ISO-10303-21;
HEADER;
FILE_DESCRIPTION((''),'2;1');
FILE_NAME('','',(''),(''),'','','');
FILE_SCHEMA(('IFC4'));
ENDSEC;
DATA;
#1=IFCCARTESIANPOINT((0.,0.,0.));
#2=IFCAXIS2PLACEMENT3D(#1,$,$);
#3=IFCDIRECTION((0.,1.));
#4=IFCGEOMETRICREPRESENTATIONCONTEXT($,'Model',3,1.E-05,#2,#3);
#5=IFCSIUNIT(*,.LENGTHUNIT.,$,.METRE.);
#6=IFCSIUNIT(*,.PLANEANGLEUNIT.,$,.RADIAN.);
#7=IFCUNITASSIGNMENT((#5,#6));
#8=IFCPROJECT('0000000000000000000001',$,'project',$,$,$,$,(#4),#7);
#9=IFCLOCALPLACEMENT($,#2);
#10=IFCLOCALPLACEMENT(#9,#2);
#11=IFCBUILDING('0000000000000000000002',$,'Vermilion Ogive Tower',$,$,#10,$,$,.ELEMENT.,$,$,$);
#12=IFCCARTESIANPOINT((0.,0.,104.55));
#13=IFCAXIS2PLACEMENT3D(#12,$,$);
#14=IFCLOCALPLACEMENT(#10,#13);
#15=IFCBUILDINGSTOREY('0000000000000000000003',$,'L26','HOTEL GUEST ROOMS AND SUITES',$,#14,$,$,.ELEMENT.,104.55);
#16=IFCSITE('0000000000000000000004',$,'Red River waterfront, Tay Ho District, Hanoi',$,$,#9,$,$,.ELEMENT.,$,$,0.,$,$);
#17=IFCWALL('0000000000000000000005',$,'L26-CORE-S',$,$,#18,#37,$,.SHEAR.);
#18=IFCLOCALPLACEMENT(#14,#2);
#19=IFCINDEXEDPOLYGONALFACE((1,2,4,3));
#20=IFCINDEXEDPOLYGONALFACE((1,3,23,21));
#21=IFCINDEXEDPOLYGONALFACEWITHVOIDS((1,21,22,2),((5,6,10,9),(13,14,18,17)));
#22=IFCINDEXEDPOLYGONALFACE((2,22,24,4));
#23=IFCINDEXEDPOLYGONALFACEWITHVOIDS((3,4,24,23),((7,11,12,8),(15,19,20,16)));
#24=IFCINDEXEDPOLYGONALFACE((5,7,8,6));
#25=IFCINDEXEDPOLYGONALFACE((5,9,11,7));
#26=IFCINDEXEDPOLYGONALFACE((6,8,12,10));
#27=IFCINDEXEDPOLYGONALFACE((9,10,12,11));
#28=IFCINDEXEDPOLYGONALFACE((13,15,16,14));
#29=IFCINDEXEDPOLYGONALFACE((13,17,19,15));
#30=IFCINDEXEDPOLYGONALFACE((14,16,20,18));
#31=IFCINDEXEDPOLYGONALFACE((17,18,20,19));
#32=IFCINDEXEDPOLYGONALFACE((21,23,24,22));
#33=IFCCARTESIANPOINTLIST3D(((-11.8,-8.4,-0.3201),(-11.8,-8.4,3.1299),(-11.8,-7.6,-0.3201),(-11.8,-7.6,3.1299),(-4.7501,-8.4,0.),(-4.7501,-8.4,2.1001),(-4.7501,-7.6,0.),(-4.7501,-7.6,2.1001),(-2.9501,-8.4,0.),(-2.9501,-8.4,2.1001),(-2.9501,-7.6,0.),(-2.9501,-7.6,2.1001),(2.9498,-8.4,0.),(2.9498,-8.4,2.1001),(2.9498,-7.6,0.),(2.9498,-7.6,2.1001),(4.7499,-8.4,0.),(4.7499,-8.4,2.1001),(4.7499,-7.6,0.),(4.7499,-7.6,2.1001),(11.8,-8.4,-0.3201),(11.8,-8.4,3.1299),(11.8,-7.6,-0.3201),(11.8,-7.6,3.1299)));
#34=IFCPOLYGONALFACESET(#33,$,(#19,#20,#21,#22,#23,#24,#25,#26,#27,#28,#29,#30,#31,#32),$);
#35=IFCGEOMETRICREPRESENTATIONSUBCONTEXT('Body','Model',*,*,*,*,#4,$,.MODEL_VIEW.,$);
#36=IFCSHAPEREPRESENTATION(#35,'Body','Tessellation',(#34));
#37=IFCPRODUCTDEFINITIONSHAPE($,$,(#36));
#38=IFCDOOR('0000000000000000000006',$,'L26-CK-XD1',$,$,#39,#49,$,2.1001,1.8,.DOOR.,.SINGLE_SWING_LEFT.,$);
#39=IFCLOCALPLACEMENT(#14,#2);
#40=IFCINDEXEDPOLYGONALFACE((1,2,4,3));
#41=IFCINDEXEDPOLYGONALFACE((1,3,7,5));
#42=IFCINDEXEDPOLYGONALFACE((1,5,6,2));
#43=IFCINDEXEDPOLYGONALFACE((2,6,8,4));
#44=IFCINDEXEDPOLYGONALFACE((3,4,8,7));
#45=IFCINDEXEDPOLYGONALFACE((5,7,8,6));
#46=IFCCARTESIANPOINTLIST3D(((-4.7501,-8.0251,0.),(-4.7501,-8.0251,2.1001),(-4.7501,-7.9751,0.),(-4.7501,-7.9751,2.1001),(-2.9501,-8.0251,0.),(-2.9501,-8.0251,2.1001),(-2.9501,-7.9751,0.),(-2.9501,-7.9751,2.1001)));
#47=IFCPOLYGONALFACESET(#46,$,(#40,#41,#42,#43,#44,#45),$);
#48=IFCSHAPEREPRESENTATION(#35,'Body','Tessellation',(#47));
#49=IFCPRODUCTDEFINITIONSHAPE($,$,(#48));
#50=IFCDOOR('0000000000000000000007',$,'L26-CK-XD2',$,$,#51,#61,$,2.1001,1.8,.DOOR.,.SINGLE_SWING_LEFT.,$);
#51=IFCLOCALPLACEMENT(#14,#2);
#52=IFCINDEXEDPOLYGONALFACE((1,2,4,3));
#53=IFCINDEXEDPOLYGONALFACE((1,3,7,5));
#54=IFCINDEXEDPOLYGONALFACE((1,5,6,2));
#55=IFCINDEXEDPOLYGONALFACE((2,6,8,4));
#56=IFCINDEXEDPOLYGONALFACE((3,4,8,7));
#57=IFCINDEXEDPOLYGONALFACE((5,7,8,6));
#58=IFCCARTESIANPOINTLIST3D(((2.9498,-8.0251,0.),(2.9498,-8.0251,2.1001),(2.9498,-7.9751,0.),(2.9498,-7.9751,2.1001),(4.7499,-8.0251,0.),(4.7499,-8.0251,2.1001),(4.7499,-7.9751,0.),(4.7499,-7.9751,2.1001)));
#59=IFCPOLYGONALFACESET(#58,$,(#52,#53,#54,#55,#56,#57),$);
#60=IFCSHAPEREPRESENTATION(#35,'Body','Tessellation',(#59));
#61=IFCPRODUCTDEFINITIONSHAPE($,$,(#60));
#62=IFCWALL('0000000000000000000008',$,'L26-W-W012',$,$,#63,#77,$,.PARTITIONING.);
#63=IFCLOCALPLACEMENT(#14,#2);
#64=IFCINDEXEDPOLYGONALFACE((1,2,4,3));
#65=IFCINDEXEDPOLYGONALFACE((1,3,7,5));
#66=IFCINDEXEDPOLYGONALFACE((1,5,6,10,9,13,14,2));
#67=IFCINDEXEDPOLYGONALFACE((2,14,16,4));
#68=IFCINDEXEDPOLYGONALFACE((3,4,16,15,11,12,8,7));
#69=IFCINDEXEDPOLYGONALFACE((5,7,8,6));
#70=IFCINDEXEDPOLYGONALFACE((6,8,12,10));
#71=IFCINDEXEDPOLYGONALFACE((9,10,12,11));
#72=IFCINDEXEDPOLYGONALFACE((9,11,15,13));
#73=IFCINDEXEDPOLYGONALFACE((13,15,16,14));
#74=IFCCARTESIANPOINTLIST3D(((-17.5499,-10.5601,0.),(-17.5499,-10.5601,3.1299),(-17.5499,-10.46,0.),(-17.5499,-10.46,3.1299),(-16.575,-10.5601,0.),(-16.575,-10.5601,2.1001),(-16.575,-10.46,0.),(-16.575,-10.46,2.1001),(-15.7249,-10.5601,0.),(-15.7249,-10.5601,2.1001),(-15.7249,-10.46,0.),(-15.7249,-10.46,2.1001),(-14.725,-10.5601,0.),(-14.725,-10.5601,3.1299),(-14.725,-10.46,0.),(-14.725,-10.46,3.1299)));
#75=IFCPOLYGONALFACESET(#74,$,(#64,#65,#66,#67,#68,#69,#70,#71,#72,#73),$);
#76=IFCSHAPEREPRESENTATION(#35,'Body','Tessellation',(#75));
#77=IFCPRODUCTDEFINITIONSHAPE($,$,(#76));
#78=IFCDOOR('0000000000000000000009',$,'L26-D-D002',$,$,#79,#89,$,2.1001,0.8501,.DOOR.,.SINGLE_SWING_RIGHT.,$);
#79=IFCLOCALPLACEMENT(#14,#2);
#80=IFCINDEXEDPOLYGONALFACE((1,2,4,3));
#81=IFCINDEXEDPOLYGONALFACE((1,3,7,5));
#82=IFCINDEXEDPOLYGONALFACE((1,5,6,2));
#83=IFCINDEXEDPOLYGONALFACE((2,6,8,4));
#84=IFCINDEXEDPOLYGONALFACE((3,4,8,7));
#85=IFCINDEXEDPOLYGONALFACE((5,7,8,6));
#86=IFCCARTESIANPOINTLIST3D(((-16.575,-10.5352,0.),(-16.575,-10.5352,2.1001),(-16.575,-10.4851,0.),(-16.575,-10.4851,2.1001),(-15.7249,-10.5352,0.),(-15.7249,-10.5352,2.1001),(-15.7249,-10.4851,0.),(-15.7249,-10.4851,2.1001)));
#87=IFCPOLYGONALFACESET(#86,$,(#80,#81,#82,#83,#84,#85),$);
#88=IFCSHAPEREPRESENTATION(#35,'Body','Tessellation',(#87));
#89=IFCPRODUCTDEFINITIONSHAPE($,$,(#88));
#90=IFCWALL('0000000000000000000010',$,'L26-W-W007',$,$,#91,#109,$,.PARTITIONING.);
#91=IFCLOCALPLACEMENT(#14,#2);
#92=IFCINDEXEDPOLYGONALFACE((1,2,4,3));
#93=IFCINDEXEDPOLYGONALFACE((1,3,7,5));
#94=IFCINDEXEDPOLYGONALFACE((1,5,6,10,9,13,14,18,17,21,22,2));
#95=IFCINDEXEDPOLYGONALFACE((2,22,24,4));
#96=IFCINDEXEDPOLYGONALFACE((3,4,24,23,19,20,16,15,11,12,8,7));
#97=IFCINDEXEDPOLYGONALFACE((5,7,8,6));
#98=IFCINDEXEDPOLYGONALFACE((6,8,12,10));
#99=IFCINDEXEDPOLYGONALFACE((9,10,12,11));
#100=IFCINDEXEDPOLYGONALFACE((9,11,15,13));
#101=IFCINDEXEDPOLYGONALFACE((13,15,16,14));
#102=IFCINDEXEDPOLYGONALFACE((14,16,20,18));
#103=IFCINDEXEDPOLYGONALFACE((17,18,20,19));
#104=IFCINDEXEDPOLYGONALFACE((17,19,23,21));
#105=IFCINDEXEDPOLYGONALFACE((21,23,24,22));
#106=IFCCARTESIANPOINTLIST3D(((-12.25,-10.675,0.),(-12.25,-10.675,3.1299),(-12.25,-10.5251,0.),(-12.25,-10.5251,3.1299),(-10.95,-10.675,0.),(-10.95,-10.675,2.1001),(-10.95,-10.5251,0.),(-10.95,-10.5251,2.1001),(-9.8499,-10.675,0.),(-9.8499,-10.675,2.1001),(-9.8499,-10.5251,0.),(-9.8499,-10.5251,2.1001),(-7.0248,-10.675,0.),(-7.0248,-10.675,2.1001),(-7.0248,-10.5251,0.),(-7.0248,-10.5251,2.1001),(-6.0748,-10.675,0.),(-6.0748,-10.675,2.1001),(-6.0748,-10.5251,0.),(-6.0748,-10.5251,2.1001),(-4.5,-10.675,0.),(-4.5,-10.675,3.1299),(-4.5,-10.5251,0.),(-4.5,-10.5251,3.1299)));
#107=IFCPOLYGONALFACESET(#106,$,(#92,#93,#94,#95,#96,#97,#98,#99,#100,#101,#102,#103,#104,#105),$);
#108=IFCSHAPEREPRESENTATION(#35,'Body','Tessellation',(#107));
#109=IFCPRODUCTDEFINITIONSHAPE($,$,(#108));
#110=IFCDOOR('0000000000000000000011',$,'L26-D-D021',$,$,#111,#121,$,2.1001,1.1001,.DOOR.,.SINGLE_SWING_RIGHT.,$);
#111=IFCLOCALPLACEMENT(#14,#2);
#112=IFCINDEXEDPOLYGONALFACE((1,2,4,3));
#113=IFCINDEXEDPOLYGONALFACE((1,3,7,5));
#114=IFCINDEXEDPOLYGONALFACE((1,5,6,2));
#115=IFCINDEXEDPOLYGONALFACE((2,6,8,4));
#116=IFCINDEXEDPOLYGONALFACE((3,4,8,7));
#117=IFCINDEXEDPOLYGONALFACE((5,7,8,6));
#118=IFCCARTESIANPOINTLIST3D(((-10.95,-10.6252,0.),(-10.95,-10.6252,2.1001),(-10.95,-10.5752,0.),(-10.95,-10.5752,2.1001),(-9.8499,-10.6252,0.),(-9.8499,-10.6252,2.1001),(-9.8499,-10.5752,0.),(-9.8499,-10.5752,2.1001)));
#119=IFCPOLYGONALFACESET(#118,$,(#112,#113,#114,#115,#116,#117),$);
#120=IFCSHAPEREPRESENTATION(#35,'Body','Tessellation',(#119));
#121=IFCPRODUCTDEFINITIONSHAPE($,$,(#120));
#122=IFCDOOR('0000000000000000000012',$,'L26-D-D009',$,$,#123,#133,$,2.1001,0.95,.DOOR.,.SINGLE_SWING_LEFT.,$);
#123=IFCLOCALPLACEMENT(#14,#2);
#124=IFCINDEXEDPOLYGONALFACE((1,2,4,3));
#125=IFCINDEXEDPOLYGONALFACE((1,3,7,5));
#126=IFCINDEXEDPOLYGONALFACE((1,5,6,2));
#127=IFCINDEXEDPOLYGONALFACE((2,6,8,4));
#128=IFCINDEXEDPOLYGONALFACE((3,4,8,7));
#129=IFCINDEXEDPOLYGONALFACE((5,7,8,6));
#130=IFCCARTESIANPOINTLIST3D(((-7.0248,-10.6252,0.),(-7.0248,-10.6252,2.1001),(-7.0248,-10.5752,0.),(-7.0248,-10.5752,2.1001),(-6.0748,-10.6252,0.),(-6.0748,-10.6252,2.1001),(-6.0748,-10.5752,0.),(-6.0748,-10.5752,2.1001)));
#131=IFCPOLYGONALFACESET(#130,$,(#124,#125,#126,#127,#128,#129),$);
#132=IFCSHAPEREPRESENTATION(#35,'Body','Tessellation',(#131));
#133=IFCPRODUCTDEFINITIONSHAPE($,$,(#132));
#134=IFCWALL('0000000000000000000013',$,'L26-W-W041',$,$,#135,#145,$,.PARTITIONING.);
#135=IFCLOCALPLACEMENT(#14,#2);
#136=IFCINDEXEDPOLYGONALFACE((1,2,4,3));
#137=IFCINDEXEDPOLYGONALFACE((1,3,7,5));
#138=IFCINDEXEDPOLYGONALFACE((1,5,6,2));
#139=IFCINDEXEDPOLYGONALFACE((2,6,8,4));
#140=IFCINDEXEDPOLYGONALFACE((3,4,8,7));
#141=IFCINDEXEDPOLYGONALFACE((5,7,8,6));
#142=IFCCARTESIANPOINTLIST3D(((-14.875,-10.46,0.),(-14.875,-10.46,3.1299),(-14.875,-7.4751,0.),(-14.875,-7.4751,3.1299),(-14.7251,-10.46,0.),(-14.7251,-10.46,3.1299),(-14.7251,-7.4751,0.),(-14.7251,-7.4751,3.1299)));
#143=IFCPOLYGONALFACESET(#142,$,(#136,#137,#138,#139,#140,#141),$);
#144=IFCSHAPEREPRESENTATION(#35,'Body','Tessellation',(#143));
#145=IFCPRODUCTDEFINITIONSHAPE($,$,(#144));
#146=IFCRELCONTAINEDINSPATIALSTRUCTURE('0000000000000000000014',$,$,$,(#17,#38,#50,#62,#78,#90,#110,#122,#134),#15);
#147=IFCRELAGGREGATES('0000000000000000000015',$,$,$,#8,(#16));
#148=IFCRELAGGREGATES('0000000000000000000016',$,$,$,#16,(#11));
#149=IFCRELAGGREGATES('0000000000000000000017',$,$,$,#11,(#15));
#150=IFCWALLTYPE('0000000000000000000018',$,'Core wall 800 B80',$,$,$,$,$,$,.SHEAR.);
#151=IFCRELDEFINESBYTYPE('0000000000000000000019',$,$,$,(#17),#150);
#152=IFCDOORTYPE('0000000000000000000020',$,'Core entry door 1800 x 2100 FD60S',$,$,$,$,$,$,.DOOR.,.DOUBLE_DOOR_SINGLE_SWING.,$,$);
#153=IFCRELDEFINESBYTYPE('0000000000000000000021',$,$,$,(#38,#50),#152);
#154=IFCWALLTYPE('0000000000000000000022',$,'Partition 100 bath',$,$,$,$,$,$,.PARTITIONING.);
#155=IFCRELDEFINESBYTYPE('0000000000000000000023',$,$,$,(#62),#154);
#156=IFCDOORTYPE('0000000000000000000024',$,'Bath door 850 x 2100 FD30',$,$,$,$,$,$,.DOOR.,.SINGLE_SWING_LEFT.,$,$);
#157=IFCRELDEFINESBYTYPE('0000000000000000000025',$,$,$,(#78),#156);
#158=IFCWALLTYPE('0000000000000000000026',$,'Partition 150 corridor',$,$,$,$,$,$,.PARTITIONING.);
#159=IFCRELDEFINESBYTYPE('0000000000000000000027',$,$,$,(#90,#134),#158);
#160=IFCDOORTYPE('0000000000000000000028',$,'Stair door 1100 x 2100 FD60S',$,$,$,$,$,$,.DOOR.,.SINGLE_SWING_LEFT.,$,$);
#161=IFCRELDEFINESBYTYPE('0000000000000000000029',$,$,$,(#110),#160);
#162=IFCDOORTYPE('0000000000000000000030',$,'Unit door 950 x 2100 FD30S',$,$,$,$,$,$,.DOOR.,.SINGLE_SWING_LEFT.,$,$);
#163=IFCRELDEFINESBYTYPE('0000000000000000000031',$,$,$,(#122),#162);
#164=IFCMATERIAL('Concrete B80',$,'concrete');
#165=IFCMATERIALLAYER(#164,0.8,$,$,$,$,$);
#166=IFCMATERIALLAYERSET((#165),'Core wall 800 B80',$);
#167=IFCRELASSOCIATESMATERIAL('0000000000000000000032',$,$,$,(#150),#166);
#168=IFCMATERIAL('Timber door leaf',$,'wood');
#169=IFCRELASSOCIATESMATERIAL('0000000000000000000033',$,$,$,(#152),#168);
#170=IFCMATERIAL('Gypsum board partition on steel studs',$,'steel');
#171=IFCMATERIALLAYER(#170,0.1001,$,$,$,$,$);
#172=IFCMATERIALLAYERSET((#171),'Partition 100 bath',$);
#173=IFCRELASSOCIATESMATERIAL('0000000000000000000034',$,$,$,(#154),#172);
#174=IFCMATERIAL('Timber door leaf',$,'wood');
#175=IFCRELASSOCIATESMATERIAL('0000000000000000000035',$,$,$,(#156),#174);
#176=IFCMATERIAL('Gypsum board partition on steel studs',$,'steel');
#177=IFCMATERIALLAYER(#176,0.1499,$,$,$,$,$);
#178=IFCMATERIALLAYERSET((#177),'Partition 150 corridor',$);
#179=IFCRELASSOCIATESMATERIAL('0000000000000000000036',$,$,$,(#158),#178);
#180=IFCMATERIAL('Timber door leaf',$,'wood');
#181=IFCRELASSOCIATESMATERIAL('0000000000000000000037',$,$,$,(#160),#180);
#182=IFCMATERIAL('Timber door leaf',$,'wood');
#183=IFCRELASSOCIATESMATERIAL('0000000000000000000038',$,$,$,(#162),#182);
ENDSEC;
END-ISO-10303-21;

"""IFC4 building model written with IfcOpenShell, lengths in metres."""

from ifc_helpers import new_model, si_unit, direction, frame, frame_2d, origin, place, context, subcontext, project, spatial, rectangle, extrude, material, layer, layer_set, type_object, element, fill, save


model = new_model("IFC4")

# Units and contexts
model_context = context("Model", 3, precision=1e-05, world=origin(), true_north=direction((0.0, 1.0)))
body_context = subcontext(model_context, "Body", "Model", "MODEL_VIEW")
ifc_project = project(units=[si_unit("LENGTHUNIT", "METRE"), si_unit("PLANEANGLEUNIT", "RADIAN")], contexts=[model_context])

# Site, building, storey
site_placement = place(None, origin())
site = spatial("IfcSite", under=ifc_project, at=site_placement, Name="Red River waterfront, Tay Ho District, Hanoi", CompositionType="ELEMENT", RefElevation=0.0)
building_placement = place(site_placement, origin())
building = spatial("IfcBuilding", under=site, at=building_placement, Name="Vermilion Ogive Tower", CompositionType="ELEMENT")
storey_placement = place(building_placement, frame((0.0, 0.0, 104.55)))
storey = spatial("IfcBuildingStorey", under=building, at=storey_placement, Name="L26", Description="HOTEL GUEST ROOMS AND SUITES", CompositionType="ELEMENT", Elevation=104.55)

# Wall, openings, doors
ifc_material_1 = material(Name="Concrete B80", Category="concrete")
ifc_layer_1 = layer(ifc_material_1, 0.8)
ifc_layer_set_1 = layer_set([ifc_layer_1], Name="Core wall 800 B80")
wall_type_1 = type_object("IfcWallType", Name="Core wall 800 B80", PredefinedType="SHEAR", material=ifc_layer_set_1)
wall_1_placement = place(storey_placement, frame((-11.8, -8.0, -0.3201), z_axis=(0.0, 0.0, 1.0), x_axis=(1.0, 0.0, 0.0)))
wall_1 = element("IfcWall", 1, at=wall_1_placement, inside=storey, type_object=wall_type_1, Name="L26-CORE-S", PredefinedType="SHEAR", context=body_context, shape_type="SweptSolid", body=[
    extrude(rectangle(XDim=23.6001, YDim=0.8, at=frame_2d((11.8, 0.0))), origin(), (0.0, 0.0, 1.0), 3.45),
])
opening_1_placement = place(wall_1_placement, frame((7.05, 0.0, 0.3201)))
opening_1 = element("IfcOpeningElement", 2, at=opening_1_placement, cuts=wall_1, PredefinedType="OPENING", context=body_context, shape_type="SweptSolid", body=[
    extrude(rectangle(XDim=1.8, YDim=2.1001, at=frame_2d((0.8999, 1.05))), frame((0.0, 0.4099, 0.0), z_axis=(0.0, -1.0, 0.0), x_axis=(1.0, 0.0, 0.0)), (0.0, 0.0, 1.0), 0.8201),
])
opening_2_placement = place(wall_1_placement, frame((14.75, 0.0, 0.3201)))
opening_2 = element("IfcOpeningElement", 3, at=opening_2_placement, cuts=wall_1, PredefinedType="OPENING", context=body_context, shape_type="SweptSolid", body=[
    extrude(rectangle(XDim=1.8, YDim=2.1001, at=frame_2d((0.8999, 1.05))), frame((0.0, 0.4099, 0.0), z_axis=(0.0, -1.0, 0.0), x_axis=(1.0, 0.0, 0.0)), (0.0, 0.0, 1.0), 0.8201),
])
ifc_material_2 = material(Name="Timber door leaf", Category="wood")
door_type_1 = type_object("IfcDoorType", Name="Core entry door 1800 x 2100 FD60S", OperationType="DOUBLE_DOOR_SINGLE_SWING", PredefinedType="DOOR", material=ifc_material_2)
door_1_placement = place(opening_1_placement, origin())
door_1 = element("IfcDoor", 4, at=door_1_placement, inside=storey, type_object=door_type_1, Name="L26-CK-XD1", OperationType="SINGLE_SWING_LEFT", OverallHeight=2.1001, OverallWidth=1.8, PredefinedType="DOOR", context=body_context, shape_type="SweptSolid", body=[
    extrude(rectangle(XDim=1.8, YDim=2.1001, at=frame_2d((0.8999, 1.05))), frame((0.0, 0.0249, 0.0), z_axis=(0.0, -1.0, 0.0), x_axis=(1.0, 0.0, 0.0)), (0.0, 0.0, 1.0), 0.05),
])
fill(opening_1, door_1)
door_2_placement = place(opening_2_placement, origin())
door_2 = element("IfcDoor", 5, at=door_2_placement, inside=storey, type_object=door_type_1, Name="L26-CK-XD2", OperationType="SINGLE_SWING_LEFT", OverallHeight=2.1001, OverallWidth=1.8, PredefinedType="DOOR", context=body_context, shape_type="SweptSolid", body=[
    extrude(rectangle(XDim=1.8, YDim=2.1001, at=frame_2d((0.8999, 1.05))), frame((0.0, 0.0249, 0.0), z_axis=(0.0, -1.0, 0.0), x_axis=(1.0, 0.0, 0.0)), (0.0, 0.0, 1.0), 0.05),
])
fill(opening_2, door_2)

# Wall, opening, door
ifc_material_3 = material(Name="Gypsum board partition on steel studs", Category="steel")
ifc_layer_2 = layer(ifc_material_3, 0.1001)
ifc_layer_set_2 = layer_set([ifc_layer_2], Name="Partition 100 bath")
wall_type_2 = type_object("IfcWallType", Name="Partition 100 bath", PredefinedType="PARTITIONING", material=ifc_layer_set_2)
wall_2_placement = place(storey_placement, frame((-17.55, -10.51, 0.0), z_axis=(0.0, 0.0, 1.0), x_axis=(1.0, 0.0, 0.0)))
wall_2 = element("IfcWall", 6, at=wall_2_placement, inside=storey, type_object=wall_type_2, Name="L26-W-W012", PredefinedType="PARTITIONING", context=body_context, shape_type="SweptSolid", body=[
    extrude(rectangle(XDim=2.825, YDim=0.1001, at=frame_2d((1.4126, 0.0))), origin(), (0.0, 0.0, 1.0), 3.1299),
])
opening_3_placement = place(wall_2_placement, frame((0.9751, 0.0, 0.0)))
opening_3 = element("IfcOpeningElement", 7, at=opening_3_placement, cuts=wall_2, PredefinedType="OPENING", context=body_context, shape_type="SweptSolid", body=[
    extrude(rectangle(XDim=0.8501, YDim=2.1001, at=frame_2d((0.425, 1.05))), frame((0.0, 0.0601, 0.0), z_axis=(0.0, -1.0, 0.0), x_axis=(1.0, 0.0, 0.0)), (0.0, 0.0, 1.0), 0.1201),
])
ifc_material_4 = material(Name="Timber door leaf", Category="wood")
door_type_2 = type_object("IfcDoorType", Name="Bath door 850 x 2100 FD30", OperationType="SINGLE_SWING_LEFT", PredefinedType="DOOR", material=ifc_material_4)
door_3_placement = place(opening_3_placement, origin())
door_3 = element("IfcDoor", 8, at=door_3_placement, inside=storey, type_object=door_type_2, Name="L26-D-D002", OperationType="SINGLE_SWING_RIGHT", OverallHeight=2.1001, OverallWidth=0.8501, PredefinedType="DOOR", context=body_context, shape_type="SweptSolid", body=[
    extrude(rectangle(XDim=0.8501, YDim=2.1001, at=frame_2d((0.425, 1.05))), frame((0.0, 0.0249, 0.0), z_axis=(0.0, -1.0, 0.0), x_axis=(1.0, 0.0, 0.0)), (0.0, 0.0, 1.0), 0.05),
])
fill(opening_3, door_3)

# Wall, openings, doors
ifc_material_5 = material(Name="Gypsum board partition on steel studs", Category="steel")
ifc_layer_3 = layer(ifc_material_5, 0.1499)
ifc_layer_set_3 = layer_set([ifc_layer_3], Name="Partition 150 corridor")
wall_type_3 = type_object("IfcWallType", Name="Partition 150 corridor", PredefinedType="PARTITIONING", material=ifc_layer_set_3)
wall_3_placement = place(storey_placement, frame((-12.25, -10.6001, 0.0), z_axis=(0.0, 0.0, 1.0), x_axis=(1.0, 0.0, 0.0)))
wall_3 = element("IfcWall", 9, at=wall_3_placement, inside=storey, type_object=wall_type_3, Name="L26-W-W007", PredefinedType="PARTITIONING", context=body_context, shape_type="SweptSolid", body=[
    extrude(rectangle(XDim=7.75, YDim=0.1499, at=frame_2d((3.875, 0.0))), origin(), (0.0, 0.0, 1.0), 3.1299),
])
opening_4_placement = place(wall_3_placement, frame((5.2251, 0.0, 0.0)))
opening_4 = element("IfcOpeningElement", 10, at=opening_4_placement, cuts=wall_3, PredefinedType="OPENING", context=body_context, shape_type="SweptSolid", body=[
    extrude(rectangle(XDim=0.95, YDim=2.1001, at=frame_2d((0.4751, 1.05))), frame((0.0, 0.085, 0.0), z_axis=(0.0, -1.0, 0.0), x_axis=(1.0, 0.0, 0.0)), (0.0, 0.0, 1.0), 0.1699),
])
opening_5_placement = place(wall_3_placement, frame((1.3, 0.0, 0.0)))
opening_5 = element("IfcOpeningElement", 11, at=opening_5_placement, cuts=wall_3, PredefinedType="OPENING", context=body_context, shape_type="SweptSolid", body=[
    extrude(rectangle(XDim=1.1001, YDim=2.1001, at=frame_2d((0.55, 1.05))), frame((0.0, 0.085, 0.0), z_axis=(0.0, -1.0, 0.0), x_axis=(1.0, 0.0, 0.0)), (0.0, 0.0, 1.0), 0.1699),
])
ifc_material_6 = material(Name="Timber door leaf", Category="wood")
door_type_3 = type_object("IfcDoorType", Name="Stair door 1100 x 2100 FD60S", OperationType="SINGLE_SWING_LEFT", PredefinedType="DOOR", material=ifc_material_6)
door_4_placement = place(opening_5_placement, origin())
door_4 = element("IfcDoor", 12, at=door_4_placement, inside=storey, type_object=door_type_3, Name="L26-D-D021", OperationType="SINGLE_SWING_RIGHT", OverallHeight=2.1001, OverallWidth=1.1001, PredefinedType="DOOR", context=body_context, shape_type="SweptSolid", body=[
    extrude(rectangle(XDim=1.1001, YDim=2.1001, at=frame_2d((0.55, 1.05))), frame((0.0, 0.0249, 0.0), z_axis=(0.0, -1.0, 0.0), x_axis=(1.0, 0.0, 0.0)), (0.0, 0.0, 1.0), 0.05),
])
fill(opening_5, door_4)
ifc_material_7 = material(Name="Timber door leaf", Category="wood")
door_type_4 = type_object("IfcDoorType", Name="Unit door 950 x 2100 FD30S", OperationType="SINGLE_SWING_LEFT", PredefinedType="DOOR", material=ifc_material_7)
door_5_placement = place(opening_4_placement, origin())
door_5 = element("IfcDoor", 13, at=door_5_placement, inside=storey, type_object=door_type_4, Name="L26-D-D009", OperationType="SINGLE_SWING_LEFT", OverallHeight=2.1001, OverallWidth=0.95, PredefinedType="DOOR", context=body_context, shape_type="SweptSolid", body=[
    extrude(rectangle(XDim=0.95, YDim=2.1001, at=frame_2d((0.4751, 1.05))), frame((0.0, 0.0249, 0.0), z_axis=(0.0, -1.0, 0.0), x_axis=(1.0, 0.0, 0.0)), (0.0, 0.0, 1.0), 0.05),
])
fill(opening_4, door_5)

# Wall
wall_4_placement = place(storey_placement, frame((-14.8, -10.46, 0.0), z_axis=(0.0, 0.0, 1.0), x_axis=(0.0, 1.0, 0.0)))
element("IfcWall", 14, at=wall_4_placement, inside=storey, type_object=wall_type_3, Name="L26-W-W041", PredefinedType="PARTITIONING", context=body_context, shape_type="SweptSolid", body=[
    extrude(rectangle(XDim=2.9849, YDim=0.1499, at=frame_2d((1.4924, 0.0))), origin(), (0.0, 0.0, 1.0), 3.1299),
])

save(model, "model.ifc")
